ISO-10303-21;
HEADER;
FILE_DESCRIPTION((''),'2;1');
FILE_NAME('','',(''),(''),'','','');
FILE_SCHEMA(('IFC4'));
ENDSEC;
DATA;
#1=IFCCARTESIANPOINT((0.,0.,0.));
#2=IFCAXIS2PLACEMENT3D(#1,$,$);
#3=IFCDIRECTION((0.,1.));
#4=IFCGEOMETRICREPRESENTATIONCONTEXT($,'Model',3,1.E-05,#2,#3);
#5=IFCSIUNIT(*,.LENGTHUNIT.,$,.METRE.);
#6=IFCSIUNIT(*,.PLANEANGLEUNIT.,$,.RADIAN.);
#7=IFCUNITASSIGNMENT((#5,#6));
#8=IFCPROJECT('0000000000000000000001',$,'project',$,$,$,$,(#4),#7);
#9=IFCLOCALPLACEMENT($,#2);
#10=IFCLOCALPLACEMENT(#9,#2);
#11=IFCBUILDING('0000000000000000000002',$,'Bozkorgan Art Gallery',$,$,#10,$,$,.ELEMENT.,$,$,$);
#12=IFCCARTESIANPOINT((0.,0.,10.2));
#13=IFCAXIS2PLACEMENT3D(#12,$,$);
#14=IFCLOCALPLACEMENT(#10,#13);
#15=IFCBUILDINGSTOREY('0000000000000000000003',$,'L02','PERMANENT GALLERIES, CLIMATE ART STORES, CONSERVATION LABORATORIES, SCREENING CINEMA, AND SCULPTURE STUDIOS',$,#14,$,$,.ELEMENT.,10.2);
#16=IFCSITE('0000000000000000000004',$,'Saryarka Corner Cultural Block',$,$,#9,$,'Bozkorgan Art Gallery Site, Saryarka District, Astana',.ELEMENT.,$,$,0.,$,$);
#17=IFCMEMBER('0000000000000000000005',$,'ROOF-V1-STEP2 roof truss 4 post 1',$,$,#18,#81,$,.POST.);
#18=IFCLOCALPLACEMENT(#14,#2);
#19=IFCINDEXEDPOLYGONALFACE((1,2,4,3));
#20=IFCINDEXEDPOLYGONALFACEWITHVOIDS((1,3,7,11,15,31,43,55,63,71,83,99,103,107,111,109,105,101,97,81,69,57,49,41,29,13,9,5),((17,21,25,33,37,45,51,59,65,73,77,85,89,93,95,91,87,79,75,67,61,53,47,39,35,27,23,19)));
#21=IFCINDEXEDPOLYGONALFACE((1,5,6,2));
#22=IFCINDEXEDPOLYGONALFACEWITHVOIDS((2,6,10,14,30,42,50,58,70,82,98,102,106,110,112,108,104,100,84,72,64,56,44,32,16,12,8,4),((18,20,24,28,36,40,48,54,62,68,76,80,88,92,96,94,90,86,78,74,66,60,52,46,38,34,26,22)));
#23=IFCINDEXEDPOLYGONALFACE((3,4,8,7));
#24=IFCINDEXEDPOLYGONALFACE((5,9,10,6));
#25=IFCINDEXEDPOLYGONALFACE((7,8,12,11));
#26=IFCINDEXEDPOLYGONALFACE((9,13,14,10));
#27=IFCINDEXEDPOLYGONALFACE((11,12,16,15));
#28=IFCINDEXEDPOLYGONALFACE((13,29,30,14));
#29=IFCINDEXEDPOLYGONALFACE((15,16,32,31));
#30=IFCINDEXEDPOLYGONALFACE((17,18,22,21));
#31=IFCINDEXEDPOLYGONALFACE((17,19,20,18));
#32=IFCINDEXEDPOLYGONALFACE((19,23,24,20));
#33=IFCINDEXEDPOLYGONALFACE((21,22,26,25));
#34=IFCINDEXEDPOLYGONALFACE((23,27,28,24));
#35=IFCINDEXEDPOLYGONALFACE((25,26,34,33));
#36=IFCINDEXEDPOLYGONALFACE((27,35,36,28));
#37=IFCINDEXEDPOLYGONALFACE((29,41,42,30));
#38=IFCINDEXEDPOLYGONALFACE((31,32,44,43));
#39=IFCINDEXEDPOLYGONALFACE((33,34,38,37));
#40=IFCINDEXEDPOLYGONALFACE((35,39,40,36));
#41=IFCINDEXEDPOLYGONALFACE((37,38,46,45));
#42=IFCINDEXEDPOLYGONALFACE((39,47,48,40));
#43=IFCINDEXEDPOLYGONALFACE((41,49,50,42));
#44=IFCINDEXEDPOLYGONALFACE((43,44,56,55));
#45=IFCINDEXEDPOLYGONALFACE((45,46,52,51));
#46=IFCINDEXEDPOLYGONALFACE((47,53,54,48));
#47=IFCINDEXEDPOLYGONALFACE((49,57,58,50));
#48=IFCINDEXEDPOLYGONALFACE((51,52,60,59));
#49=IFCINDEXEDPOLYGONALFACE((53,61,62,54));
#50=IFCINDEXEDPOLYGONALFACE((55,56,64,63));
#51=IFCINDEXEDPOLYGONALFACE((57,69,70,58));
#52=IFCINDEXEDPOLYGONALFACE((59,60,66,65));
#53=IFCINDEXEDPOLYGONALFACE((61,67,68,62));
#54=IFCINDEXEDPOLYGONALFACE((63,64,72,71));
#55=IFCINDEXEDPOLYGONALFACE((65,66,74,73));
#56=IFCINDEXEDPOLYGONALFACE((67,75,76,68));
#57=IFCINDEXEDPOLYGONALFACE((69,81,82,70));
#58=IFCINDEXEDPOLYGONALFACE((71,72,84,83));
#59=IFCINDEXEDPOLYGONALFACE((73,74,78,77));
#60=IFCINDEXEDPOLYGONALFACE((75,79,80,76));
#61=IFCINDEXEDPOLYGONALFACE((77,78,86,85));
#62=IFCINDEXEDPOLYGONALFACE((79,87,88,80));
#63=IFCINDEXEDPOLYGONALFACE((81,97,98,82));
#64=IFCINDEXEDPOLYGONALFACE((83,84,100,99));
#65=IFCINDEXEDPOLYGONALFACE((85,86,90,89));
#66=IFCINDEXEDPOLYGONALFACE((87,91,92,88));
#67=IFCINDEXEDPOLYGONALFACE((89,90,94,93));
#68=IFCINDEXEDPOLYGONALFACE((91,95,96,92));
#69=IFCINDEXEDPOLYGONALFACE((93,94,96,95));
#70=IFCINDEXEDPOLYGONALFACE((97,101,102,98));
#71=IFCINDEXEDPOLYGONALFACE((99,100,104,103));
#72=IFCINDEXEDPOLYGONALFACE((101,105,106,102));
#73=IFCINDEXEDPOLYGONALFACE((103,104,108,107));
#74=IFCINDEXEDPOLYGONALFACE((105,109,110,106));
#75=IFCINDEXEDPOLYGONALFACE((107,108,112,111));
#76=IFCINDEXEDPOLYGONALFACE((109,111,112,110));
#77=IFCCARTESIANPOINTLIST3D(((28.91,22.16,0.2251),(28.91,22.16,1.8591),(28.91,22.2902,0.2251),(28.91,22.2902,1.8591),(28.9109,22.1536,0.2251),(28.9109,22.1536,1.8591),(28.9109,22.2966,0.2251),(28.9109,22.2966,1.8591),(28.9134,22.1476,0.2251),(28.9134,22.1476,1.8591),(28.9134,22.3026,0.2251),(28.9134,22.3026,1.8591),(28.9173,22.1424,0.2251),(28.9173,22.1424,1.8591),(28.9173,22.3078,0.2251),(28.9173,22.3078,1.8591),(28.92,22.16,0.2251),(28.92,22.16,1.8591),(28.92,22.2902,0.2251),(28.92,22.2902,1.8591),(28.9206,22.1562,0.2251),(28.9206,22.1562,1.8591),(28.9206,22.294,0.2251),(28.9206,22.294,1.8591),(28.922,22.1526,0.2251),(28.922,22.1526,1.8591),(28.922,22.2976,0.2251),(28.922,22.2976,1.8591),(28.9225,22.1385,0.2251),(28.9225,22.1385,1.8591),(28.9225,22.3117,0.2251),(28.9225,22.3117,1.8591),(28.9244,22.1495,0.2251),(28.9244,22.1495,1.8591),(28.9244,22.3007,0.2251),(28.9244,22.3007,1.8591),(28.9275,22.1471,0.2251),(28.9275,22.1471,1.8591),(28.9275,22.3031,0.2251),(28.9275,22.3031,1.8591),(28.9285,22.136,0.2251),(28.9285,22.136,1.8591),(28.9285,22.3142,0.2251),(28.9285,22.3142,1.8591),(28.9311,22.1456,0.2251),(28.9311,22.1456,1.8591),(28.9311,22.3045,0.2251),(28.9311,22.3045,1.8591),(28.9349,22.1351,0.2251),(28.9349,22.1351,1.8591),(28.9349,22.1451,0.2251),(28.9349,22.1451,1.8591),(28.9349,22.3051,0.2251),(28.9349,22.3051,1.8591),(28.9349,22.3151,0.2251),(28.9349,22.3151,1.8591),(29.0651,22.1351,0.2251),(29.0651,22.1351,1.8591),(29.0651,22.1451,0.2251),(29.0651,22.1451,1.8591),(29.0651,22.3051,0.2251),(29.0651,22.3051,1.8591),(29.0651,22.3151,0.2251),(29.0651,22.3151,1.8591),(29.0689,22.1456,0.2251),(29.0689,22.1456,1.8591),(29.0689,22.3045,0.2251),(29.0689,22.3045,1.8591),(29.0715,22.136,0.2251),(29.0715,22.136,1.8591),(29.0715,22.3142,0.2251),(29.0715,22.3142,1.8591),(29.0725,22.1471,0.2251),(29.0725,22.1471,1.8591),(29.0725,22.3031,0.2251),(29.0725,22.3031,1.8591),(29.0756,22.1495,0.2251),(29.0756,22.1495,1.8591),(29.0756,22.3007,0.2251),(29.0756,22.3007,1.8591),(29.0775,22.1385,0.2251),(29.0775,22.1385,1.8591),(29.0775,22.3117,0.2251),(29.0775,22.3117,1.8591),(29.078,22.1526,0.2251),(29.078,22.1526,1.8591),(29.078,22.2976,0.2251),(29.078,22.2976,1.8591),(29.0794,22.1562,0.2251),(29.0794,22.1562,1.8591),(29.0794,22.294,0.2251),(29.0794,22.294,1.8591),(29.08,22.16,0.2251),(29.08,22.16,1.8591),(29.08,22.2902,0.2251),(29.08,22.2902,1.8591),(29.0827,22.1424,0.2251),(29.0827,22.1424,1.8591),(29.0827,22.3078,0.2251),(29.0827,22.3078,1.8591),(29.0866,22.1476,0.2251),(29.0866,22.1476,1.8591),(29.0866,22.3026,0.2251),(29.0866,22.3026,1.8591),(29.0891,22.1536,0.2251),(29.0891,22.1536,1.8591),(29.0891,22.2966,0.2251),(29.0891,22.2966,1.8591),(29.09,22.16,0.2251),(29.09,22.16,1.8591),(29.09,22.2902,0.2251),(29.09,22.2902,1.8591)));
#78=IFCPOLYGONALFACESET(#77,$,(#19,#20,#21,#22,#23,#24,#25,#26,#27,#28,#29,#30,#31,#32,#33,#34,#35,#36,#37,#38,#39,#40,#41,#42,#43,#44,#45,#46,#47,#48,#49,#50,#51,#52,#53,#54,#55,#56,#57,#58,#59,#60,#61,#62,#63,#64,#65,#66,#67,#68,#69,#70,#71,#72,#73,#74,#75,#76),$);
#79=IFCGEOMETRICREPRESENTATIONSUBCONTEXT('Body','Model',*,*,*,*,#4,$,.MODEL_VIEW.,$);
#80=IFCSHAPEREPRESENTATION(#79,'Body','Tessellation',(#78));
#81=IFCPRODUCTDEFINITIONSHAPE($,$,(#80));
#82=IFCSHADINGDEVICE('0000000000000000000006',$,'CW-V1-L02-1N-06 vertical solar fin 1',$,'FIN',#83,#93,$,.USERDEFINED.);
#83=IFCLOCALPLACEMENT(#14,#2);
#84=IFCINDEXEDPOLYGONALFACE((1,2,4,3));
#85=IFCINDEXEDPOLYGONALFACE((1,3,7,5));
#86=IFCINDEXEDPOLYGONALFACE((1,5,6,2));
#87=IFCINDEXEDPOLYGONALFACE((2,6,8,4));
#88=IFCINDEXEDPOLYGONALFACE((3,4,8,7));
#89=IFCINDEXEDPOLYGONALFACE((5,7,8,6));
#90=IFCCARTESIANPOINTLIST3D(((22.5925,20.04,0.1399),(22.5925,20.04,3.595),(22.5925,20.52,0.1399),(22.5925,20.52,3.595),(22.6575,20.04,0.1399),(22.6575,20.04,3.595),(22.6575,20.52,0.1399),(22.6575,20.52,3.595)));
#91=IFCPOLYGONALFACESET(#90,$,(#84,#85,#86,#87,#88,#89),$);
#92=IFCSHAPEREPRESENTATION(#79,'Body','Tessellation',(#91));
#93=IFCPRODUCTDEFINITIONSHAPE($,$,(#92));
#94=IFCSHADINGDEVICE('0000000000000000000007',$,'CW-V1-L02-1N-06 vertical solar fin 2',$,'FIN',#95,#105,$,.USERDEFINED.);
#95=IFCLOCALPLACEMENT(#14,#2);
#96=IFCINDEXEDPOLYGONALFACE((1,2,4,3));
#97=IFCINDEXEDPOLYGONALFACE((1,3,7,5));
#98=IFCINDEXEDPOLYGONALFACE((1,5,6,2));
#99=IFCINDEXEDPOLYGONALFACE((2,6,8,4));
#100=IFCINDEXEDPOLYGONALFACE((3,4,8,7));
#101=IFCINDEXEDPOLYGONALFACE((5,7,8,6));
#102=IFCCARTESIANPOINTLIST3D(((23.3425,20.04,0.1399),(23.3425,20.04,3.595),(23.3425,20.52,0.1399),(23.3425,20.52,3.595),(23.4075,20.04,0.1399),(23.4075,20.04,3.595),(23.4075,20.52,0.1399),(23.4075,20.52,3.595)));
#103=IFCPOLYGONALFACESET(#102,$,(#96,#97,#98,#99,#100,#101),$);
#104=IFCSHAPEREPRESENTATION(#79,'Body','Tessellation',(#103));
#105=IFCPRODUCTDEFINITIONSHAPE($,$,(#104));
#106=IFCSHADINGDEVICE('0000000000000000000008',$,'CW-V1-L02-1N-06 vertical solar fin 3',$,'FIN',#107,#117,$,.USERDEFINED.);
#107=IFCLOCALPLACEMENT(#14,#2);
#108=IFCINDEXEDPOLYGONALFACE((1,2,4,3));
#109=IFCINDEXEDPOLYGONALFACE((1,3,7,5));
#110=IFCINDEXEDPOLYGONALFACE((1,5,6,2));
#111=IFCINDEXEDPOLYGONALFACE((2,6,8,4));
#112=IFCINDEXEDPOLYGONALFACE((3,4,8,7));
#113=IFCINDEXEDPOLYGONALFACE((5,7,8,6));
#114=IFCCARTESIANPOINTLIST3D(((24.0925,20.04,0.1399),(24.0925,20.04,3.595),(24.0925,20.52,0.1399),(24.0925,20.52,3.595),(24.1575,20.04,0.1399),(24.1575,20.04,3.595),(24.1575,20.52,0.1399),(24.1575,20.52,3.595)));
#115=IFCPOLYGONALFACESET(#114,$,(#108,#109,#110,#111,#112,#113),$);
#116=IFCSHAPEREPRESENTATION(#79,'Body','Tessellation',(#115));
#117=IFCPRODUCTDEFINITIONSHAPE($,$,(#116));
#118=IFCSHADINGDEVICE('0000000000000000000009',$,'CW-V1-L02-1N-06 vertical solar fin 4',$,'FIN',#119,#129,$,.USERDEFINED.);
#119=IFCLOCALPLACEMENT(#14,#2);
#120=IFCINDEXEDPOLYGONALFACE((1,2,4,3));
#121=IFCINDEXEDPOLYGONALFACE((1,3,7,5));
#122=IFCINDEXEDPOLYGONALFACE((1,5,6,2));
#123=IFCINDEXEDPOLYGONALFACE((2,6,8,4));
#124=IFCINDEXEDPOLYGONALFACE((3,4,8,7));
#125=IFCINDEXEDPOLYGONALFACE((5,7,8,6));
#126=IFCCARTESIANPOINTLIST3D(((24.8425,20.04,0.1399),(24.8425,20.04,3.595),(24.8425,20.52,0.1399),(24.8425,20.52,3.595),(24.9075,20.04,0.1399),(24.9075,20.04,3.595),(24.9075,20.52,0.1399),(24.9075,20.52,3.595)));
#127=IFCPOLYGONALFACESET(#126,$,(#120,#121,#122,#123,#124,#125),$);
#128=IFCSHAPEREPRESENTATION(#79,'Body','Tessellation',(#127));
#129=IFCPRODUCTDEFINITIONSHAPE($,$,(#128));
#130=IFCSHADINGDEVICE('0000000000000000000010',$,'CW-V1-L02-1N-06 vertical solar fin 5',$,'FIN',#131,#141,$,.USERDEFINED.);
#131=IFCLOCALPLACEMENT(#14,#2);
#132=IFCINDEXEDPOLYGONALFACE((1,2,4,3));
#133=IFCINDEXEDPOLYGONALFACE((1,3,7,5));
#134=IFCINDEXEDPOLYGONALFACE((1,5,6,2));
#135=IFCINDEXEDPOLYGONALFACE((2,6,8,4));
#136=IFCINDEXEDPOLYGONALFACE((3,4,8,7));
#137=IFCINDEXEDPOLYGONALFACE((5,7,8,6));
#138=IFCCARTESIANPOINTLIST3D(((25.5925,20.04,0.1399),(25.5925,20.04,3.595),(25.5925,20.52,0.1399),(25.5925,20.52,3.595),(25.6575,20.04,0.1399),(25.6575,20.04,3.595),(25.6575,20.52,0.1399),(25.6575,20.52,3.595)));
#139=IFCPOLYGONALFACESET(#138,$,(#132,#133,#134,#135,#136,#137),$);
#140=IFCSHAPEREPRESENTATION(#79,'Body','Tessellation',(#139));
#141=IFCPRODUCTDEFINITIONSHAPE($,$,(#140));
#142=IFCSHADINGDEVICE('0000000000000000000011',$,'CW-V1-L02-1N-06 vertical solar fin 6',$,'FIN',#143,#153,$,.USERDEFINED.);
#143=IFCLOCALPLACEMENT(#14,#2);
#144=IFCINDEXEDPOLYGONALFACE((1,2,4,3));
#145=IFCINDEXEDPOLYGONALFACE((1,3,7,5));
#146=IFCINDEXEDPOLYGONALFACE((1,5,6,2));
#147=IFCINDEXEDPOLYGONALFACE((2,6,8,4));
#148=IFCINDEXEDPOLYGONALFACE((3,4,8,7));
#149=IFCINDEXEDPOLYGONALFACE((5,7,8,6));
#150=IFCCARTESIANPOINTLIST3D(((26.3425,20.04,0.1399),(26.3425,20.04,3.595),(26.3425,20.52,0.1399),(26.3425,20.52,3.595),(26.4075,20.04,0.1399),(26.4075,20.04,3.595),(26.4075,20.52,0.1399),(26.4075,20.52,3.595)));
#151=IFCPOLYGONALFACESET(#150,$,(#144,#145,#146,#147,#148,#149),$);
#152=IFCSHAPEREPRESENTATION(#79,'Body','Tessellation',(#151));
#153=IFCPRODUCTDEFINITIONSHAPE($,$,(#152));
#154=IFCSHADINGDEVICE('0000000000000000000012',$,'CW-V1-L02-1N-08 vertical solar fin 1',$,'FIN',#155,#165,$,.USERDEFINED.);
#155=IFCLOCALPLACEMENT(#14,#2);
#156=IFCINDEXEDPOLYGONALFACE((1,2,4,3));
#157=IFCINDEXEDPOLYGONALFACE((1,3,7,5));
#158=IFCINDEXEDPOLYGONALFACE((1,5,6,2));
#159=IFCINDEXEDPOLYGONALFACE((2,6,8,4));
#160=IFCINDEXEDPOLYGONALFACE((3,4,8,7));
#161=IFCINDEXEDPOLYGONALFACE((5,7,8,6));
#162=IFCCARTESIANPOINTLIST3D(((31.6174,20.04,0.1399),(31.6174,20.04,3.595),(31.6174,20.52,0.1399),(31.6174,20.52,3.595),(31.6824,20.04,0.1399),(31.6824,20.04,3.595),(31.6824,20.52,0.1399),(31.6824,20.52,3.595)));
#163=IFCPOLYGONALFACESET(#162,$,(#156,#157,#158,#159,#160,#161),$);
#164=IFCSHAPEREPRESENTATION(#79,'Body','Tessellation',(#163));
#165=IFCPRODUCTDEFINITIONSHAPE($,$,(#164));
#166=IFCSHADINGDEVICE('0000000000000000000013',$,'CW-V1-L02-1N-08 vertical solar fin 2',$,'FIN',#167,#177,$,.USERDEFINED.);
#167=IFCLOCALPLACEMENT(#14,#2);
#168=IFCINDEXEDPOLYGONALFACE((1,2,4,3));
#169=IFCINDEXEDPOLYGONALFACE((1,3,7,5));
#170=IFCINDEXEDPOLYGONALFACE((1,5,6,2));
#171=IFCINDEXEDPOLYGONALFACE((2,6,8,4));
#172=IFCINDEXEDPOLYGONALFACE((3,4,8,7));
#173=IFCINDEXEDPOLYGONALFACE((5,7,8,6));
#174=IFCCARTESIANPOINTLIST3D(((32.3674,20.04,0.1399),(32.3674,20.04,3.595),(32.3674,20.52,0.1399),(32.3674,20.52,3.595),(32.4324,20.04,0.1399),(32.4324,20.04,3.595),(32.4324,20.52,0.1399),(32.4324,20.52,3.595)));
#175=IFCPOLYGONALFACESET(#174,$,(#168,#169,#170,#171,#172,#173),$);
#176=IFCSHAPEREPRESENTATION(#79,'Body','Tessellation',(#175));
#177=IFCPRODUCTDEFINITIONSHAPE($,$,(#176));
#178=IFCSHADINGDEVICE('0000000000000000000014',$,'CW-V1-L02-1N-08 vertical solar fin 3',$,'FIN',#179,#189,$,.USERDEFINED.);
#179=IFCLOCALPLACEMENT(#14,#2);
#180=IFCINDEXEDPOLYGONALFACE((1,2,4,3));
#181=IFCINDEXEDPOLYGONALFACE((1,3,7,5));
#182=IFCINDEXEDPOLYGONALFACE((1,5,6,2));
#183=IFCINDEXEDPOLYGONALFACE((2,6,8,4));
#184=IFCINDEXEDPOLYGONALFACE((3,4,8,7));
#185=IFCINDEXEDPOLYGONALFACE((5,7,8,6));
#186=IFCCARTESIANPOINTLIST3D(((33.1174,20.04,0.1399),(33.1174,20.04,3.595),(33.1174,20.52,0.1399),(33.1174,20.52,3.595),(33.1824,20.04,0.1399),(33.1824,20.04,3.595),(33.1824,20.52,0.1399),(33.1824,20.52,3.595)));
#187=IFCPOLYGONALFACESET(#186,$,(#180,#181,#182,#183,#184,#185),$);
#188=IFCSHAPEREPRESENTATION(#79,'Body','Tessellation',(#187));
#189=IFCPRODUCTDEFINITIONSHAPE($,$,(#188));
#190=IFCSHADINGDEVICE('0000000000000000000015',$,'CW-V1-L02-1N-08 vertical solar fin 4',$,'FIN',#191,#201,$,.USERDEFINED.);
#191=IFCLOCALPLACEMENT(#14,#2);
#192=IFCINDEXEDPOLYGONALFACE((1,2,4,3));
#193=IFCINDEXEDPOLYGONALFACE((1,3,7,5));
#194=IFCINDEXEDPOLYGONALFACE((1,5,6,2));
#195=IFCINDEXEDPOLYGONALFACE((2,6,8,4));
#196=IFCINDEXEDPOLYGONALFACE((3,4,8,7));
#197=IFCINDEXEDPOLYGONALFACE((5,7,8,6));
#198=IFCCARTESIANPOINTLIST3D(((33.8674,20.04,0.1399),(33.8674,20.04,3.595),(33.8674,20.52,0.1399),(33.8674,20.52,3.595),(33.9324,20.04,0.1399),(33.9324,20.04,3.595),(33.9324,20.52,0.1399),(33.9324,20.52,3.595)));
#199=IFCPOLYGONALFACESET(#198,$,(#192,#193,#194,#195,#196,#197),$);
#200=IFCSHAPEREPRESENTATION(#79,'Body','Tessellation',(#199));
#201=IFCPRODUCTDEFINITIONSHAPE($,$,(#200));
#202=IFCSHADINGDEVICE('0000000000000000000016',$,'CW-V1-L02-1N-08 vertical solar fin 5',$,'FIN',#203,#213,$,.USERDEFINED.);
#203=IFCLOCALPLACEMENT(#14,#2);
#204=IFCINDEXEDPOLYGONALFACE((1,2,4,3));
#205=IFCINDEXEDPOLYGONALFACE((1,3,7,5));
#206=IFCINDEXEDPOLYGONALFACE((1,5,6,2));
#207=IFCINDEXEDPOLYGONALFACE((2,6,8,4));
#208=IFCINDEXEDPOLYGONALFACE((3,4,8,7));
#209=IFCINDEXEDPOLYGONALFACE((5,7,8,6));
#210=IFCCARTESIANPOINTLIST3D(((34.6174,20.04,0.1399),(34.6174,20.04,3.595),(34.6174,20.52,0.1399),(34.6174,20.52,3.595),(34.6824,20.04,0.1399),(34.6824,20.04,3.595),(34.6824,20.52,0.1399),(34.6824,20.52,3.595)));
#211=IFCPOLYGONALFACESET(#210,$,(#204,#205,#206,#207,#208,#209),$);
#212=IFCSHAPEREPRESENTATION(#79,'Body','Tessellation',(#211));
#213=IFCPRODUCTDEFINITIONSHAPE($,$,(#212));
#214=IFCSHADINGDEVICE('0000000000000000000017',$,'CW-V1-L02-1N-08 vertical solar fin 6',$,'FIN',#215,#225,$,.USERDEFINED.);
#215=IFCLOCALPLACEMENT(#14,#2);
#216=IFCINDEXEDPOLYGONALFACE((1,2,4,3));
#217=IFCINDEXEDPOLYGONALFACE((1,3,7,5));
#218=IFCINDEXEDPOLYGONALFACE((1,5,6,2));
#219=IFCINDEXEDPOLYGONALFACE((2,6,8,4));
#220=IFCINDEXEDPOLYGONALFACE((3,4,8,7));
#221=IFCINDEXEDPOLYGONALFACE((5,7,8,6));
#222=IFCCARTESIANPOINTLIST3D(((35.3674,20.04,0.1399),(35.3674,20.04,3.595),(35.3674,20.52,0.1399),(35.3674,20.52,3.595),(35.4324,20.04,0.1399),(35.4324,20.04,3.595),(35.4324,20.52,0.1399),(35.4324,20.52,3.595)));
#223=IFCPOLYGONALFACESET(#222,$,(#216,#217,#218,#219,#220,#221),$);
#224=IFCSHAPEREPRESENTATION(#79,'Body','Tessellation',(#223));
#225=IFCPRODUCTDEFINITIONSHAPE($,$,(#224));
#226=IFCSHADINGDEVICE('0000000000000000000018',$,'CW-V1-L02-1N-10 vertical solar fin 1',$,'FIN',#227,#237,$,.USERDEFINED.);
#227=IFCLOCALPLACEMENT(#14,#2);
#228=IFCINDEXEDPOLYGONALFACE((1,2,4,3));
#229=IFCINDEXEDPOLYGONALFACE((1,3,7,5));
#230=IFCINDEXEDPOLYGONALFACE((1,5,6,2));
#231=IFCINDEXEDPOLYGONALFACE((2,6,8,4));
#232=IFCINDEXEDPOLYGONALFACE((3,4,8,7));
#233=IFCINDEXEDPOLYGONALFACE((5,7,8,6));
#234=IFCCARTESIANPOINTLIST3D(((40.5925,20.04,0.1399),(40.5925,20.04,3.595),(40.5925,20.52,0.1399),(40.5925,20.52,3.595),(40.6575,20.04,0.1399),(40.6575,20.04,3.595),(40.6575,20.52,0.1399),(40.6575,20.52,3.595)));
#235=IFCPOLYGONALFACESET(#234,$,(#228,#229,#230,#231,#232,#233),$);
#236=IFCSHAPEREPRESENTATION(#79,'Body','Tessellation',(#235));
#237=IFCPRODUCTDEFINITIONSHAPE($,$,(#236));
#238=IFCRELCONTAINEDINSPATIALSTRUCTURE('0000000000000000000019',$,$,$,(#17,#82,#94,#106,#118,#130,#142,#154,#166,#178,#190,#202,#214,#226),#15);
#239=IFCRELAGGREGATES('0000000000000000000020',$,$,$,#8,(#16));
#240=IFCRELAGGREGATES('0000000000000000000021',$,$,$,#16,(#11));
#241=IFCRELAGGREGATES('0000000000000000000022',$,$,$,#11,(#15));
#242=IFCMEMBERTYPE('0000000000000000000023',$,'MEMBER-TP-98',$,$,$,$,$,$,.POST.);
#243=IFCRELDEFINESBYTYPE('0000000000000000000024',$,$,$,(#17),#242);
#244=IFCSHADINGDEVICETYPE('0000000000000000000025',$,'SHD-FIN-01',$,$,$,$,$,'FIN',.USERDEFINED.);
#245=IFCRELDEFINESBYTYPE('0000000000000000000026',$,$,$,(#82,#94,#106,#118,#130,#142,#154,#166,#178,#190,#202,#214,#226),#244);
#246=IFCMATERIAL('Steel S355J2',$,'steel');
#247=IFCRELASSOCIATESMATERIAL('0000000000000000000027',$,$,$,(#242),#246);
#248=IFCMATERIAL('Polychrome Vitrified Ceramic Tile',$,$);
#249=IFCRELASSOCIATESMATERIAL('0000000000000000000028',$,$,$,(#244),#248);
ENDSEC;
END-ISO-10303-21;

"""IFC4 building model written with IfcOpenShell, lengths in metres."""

from ifc_helpers import new_model, si_unit, direction, frame, origin, origin_2d, place, context, subcontext, project, spatial, rectangle, hollow_rectangle, extrude, material, material_profile, profile_set, type_object, element, save


model = new_model("IFC4")

# Units and contexts
model_context = context("Model", 3, precision=1e-05, world=origin(), true_north=direction((0.0, 1.0)))
body_context = subcontext(model_context, "Body", "Model", "MODEL_VIEW")
ifc_project = project(units=[si_unit("LENGTHUNIT", "METRE"), si_unit("PLANEANGLEUNIT", "RADIAN")], contexts=[model_context])

# Site, building, storey
site_placement = place(None, origin())
site = spatial("IfcSite", under=ifc_project, at=site_placement, Name="Saryarka Corner Cultural Block", LongName="Bozkorgan Art Gallery Site, Saryarka District, Astana", CompositionType="ELEMENT", RefElevation=0.0)
building_placement = place(site_placement, origin())
building = spatial("IfcBuilding", under=site, at=building_placement, Name="Bozkorgan Art Gallery", CompositionType="ELEMENT")
storey_placement = place(building_placement, frame((0.0, 0.0, 10.2)))
storey = spatial("IfcBuildingStorey", under=building, at=storey_placement, Name="L02", Description="PERMANENT GALLERIES, CLIMATE ART STORES, CONSERVATION LABORATORIES, SCREENING CINEMA, AND SCULPTURE STUDIOS", CompositionType="ELEMENT", Elevation=10.2)

# Member
ifc_material_1 = material(Name="Steel S355J2", Category="steel")
ifc_material_profile = material_profile(ifc_material_1, hollow_rectangle(XDim=0.1799, YDim=0.1799, WallThickness=0.01, InnerFilletRadius=0.0149, OuterFilletRadius=0.0249, at=origin_2d()), Name="SHS 180x180x10")
ifc_profile_set = profile_set([ifc_material_profile], Name="Steel S355J2")
member_type = type_object("IfcMemberType", Name="MEMBER-TP-98", PredefinedType="POST", material=ifc_profile_set)
member_placement = place(storey_placement, frame((29.0, 22.2251, 0.2251), z_axis=(0.0, 0.0, 1.0), x_axis=(1.0, 0.0, 0.0)))
element("IfcMember", 1, at=member_placement, inside=storey, type_object=member_type, Name="ROOF-V1-STEP2 roof truss 4 post 1", PredefinedType="POST", context=body_context, shape_type="SweptSolid", body=[
    extrude(hollow_rectangle(XDim=0.1799, YDim=0.1799, WallThickness=0.01, InnerFilletRadius=0.0149, OuterFilletRadius=0.0249, at=origin_2d()), origin(), (0.0, 0.0, 1.0), 1.634),
])

# Shading devices
ifc_material_2 = material(Name="Polychrome Vitrified Ceramic Tile")
shading_device_type = type_object("IfcShadingDeviceType", Name="SHD-FIN-01", ElementType="FIN", PredefinedType="USERDEFINED", material=ifc_material_2)
for number, where, z_axis, x_axis, name in (
    (2, (22.625, 20.28, 0.1399), (0.0, 0.0, 1.0), (0.0, 1.0, 0.0), "CW-V1-L02-1N-06 vertical solar fin 1"),
    (3, (23.375, 20.28, 0.1399), (0.0, 0.0, 1.0), (0.0, 1.0, 0.0), "CW-V1-L02-1N-06 vertical solar fin 2"),
    (4, (24.125, 20.28, 0.1399), (0.0, 0.0, 1.0), (0.0, 1.0, 0.0), "CW-V1-L02-1N-06 vertical solar fin 3"),
    (5, (24.875, 20.28, 0.1399), (0.0, 0.0, 1.0), (0.0, 1.0, 0.0), "CW-V1-L02-1N-06 vertical solar fin 4"),
    (6, (25.625, 20.28, 0.1399), (0.0, 0.0, 1.0), (0.0, 1.0, 0.0), "CW-V1-L02-1N-06 vertical solar fin 5"),
    (7, (26.375, 20.28, 0.1399), (0.0, 0.0, 1.0), (0.0, 1.0, 0.0), "CW-V1-L02-1N-06 vertical solar fin 6"),
    (8, (31.6499, 20.28, 0.1399), (0.0, 0.0, 1.0), (0.0, 1.0, 0.0), "CW-V1-L02-1N-08 vertical solar fin 1"),
    (9, (32.3999, 20.28, 0.1399), (0.0, 0.0, 1.0), (0.0, 1.0, 0.0), "CW-V1-L02-1N-08 vertical solar fin 2"),
    (10, (33.1499, 20.28, 0.1399), (0.0, 0.0, 1.0), (0.0, 1.0, 0.0), "CW-V1-L02-1N-08 vertical solar fin 3"),
    (11, (33.8999, 20.28, 0.1399), (0.0, 0.0, 1.0), (0.0, 1.0, 0.0), "CW-V1-L02-1N-08 vertical solar fin 4"),
    (12, (34.6499, 20.28, 0.1399), (0.0, 0.0, 1.0), (0.0, 1.0, 0.0), "CW-V1-L02-1N-08 vertical solar fin 5"),
    (13, (35.3999, 20.28, 0.1399), (0.0, 0.0, 1.0), (0.0, 1.0, 0.0), "CW-V1-L02-1N-08 vertical solar fin 6"),
    (14, (40.625, 20.28, 0.1399), (0.0, 0.0, 1.0), (0.0, 1.0, 0.0), "CW-V1-L02-1N-10 vertical solar fin 1"),
):
    element("IfcShadingDevice", number, at=place(storey_placement, frame(where, z_axis=z_axis, x_axis=x_axis)), inside=storey, type_object=shading_device_type, Name=name, ObjectType="FIN", PredefinedType="USERDEFINED", context=body_context, shape_type="SweptSolid", body=[
        extrude(rectangle(XDim=0.48, YDim=0.0649, at=origin_2d()), origin(), (0.0, 0.0, 1.0), 3.4551),
    ])

save(model, "model.ifc")
